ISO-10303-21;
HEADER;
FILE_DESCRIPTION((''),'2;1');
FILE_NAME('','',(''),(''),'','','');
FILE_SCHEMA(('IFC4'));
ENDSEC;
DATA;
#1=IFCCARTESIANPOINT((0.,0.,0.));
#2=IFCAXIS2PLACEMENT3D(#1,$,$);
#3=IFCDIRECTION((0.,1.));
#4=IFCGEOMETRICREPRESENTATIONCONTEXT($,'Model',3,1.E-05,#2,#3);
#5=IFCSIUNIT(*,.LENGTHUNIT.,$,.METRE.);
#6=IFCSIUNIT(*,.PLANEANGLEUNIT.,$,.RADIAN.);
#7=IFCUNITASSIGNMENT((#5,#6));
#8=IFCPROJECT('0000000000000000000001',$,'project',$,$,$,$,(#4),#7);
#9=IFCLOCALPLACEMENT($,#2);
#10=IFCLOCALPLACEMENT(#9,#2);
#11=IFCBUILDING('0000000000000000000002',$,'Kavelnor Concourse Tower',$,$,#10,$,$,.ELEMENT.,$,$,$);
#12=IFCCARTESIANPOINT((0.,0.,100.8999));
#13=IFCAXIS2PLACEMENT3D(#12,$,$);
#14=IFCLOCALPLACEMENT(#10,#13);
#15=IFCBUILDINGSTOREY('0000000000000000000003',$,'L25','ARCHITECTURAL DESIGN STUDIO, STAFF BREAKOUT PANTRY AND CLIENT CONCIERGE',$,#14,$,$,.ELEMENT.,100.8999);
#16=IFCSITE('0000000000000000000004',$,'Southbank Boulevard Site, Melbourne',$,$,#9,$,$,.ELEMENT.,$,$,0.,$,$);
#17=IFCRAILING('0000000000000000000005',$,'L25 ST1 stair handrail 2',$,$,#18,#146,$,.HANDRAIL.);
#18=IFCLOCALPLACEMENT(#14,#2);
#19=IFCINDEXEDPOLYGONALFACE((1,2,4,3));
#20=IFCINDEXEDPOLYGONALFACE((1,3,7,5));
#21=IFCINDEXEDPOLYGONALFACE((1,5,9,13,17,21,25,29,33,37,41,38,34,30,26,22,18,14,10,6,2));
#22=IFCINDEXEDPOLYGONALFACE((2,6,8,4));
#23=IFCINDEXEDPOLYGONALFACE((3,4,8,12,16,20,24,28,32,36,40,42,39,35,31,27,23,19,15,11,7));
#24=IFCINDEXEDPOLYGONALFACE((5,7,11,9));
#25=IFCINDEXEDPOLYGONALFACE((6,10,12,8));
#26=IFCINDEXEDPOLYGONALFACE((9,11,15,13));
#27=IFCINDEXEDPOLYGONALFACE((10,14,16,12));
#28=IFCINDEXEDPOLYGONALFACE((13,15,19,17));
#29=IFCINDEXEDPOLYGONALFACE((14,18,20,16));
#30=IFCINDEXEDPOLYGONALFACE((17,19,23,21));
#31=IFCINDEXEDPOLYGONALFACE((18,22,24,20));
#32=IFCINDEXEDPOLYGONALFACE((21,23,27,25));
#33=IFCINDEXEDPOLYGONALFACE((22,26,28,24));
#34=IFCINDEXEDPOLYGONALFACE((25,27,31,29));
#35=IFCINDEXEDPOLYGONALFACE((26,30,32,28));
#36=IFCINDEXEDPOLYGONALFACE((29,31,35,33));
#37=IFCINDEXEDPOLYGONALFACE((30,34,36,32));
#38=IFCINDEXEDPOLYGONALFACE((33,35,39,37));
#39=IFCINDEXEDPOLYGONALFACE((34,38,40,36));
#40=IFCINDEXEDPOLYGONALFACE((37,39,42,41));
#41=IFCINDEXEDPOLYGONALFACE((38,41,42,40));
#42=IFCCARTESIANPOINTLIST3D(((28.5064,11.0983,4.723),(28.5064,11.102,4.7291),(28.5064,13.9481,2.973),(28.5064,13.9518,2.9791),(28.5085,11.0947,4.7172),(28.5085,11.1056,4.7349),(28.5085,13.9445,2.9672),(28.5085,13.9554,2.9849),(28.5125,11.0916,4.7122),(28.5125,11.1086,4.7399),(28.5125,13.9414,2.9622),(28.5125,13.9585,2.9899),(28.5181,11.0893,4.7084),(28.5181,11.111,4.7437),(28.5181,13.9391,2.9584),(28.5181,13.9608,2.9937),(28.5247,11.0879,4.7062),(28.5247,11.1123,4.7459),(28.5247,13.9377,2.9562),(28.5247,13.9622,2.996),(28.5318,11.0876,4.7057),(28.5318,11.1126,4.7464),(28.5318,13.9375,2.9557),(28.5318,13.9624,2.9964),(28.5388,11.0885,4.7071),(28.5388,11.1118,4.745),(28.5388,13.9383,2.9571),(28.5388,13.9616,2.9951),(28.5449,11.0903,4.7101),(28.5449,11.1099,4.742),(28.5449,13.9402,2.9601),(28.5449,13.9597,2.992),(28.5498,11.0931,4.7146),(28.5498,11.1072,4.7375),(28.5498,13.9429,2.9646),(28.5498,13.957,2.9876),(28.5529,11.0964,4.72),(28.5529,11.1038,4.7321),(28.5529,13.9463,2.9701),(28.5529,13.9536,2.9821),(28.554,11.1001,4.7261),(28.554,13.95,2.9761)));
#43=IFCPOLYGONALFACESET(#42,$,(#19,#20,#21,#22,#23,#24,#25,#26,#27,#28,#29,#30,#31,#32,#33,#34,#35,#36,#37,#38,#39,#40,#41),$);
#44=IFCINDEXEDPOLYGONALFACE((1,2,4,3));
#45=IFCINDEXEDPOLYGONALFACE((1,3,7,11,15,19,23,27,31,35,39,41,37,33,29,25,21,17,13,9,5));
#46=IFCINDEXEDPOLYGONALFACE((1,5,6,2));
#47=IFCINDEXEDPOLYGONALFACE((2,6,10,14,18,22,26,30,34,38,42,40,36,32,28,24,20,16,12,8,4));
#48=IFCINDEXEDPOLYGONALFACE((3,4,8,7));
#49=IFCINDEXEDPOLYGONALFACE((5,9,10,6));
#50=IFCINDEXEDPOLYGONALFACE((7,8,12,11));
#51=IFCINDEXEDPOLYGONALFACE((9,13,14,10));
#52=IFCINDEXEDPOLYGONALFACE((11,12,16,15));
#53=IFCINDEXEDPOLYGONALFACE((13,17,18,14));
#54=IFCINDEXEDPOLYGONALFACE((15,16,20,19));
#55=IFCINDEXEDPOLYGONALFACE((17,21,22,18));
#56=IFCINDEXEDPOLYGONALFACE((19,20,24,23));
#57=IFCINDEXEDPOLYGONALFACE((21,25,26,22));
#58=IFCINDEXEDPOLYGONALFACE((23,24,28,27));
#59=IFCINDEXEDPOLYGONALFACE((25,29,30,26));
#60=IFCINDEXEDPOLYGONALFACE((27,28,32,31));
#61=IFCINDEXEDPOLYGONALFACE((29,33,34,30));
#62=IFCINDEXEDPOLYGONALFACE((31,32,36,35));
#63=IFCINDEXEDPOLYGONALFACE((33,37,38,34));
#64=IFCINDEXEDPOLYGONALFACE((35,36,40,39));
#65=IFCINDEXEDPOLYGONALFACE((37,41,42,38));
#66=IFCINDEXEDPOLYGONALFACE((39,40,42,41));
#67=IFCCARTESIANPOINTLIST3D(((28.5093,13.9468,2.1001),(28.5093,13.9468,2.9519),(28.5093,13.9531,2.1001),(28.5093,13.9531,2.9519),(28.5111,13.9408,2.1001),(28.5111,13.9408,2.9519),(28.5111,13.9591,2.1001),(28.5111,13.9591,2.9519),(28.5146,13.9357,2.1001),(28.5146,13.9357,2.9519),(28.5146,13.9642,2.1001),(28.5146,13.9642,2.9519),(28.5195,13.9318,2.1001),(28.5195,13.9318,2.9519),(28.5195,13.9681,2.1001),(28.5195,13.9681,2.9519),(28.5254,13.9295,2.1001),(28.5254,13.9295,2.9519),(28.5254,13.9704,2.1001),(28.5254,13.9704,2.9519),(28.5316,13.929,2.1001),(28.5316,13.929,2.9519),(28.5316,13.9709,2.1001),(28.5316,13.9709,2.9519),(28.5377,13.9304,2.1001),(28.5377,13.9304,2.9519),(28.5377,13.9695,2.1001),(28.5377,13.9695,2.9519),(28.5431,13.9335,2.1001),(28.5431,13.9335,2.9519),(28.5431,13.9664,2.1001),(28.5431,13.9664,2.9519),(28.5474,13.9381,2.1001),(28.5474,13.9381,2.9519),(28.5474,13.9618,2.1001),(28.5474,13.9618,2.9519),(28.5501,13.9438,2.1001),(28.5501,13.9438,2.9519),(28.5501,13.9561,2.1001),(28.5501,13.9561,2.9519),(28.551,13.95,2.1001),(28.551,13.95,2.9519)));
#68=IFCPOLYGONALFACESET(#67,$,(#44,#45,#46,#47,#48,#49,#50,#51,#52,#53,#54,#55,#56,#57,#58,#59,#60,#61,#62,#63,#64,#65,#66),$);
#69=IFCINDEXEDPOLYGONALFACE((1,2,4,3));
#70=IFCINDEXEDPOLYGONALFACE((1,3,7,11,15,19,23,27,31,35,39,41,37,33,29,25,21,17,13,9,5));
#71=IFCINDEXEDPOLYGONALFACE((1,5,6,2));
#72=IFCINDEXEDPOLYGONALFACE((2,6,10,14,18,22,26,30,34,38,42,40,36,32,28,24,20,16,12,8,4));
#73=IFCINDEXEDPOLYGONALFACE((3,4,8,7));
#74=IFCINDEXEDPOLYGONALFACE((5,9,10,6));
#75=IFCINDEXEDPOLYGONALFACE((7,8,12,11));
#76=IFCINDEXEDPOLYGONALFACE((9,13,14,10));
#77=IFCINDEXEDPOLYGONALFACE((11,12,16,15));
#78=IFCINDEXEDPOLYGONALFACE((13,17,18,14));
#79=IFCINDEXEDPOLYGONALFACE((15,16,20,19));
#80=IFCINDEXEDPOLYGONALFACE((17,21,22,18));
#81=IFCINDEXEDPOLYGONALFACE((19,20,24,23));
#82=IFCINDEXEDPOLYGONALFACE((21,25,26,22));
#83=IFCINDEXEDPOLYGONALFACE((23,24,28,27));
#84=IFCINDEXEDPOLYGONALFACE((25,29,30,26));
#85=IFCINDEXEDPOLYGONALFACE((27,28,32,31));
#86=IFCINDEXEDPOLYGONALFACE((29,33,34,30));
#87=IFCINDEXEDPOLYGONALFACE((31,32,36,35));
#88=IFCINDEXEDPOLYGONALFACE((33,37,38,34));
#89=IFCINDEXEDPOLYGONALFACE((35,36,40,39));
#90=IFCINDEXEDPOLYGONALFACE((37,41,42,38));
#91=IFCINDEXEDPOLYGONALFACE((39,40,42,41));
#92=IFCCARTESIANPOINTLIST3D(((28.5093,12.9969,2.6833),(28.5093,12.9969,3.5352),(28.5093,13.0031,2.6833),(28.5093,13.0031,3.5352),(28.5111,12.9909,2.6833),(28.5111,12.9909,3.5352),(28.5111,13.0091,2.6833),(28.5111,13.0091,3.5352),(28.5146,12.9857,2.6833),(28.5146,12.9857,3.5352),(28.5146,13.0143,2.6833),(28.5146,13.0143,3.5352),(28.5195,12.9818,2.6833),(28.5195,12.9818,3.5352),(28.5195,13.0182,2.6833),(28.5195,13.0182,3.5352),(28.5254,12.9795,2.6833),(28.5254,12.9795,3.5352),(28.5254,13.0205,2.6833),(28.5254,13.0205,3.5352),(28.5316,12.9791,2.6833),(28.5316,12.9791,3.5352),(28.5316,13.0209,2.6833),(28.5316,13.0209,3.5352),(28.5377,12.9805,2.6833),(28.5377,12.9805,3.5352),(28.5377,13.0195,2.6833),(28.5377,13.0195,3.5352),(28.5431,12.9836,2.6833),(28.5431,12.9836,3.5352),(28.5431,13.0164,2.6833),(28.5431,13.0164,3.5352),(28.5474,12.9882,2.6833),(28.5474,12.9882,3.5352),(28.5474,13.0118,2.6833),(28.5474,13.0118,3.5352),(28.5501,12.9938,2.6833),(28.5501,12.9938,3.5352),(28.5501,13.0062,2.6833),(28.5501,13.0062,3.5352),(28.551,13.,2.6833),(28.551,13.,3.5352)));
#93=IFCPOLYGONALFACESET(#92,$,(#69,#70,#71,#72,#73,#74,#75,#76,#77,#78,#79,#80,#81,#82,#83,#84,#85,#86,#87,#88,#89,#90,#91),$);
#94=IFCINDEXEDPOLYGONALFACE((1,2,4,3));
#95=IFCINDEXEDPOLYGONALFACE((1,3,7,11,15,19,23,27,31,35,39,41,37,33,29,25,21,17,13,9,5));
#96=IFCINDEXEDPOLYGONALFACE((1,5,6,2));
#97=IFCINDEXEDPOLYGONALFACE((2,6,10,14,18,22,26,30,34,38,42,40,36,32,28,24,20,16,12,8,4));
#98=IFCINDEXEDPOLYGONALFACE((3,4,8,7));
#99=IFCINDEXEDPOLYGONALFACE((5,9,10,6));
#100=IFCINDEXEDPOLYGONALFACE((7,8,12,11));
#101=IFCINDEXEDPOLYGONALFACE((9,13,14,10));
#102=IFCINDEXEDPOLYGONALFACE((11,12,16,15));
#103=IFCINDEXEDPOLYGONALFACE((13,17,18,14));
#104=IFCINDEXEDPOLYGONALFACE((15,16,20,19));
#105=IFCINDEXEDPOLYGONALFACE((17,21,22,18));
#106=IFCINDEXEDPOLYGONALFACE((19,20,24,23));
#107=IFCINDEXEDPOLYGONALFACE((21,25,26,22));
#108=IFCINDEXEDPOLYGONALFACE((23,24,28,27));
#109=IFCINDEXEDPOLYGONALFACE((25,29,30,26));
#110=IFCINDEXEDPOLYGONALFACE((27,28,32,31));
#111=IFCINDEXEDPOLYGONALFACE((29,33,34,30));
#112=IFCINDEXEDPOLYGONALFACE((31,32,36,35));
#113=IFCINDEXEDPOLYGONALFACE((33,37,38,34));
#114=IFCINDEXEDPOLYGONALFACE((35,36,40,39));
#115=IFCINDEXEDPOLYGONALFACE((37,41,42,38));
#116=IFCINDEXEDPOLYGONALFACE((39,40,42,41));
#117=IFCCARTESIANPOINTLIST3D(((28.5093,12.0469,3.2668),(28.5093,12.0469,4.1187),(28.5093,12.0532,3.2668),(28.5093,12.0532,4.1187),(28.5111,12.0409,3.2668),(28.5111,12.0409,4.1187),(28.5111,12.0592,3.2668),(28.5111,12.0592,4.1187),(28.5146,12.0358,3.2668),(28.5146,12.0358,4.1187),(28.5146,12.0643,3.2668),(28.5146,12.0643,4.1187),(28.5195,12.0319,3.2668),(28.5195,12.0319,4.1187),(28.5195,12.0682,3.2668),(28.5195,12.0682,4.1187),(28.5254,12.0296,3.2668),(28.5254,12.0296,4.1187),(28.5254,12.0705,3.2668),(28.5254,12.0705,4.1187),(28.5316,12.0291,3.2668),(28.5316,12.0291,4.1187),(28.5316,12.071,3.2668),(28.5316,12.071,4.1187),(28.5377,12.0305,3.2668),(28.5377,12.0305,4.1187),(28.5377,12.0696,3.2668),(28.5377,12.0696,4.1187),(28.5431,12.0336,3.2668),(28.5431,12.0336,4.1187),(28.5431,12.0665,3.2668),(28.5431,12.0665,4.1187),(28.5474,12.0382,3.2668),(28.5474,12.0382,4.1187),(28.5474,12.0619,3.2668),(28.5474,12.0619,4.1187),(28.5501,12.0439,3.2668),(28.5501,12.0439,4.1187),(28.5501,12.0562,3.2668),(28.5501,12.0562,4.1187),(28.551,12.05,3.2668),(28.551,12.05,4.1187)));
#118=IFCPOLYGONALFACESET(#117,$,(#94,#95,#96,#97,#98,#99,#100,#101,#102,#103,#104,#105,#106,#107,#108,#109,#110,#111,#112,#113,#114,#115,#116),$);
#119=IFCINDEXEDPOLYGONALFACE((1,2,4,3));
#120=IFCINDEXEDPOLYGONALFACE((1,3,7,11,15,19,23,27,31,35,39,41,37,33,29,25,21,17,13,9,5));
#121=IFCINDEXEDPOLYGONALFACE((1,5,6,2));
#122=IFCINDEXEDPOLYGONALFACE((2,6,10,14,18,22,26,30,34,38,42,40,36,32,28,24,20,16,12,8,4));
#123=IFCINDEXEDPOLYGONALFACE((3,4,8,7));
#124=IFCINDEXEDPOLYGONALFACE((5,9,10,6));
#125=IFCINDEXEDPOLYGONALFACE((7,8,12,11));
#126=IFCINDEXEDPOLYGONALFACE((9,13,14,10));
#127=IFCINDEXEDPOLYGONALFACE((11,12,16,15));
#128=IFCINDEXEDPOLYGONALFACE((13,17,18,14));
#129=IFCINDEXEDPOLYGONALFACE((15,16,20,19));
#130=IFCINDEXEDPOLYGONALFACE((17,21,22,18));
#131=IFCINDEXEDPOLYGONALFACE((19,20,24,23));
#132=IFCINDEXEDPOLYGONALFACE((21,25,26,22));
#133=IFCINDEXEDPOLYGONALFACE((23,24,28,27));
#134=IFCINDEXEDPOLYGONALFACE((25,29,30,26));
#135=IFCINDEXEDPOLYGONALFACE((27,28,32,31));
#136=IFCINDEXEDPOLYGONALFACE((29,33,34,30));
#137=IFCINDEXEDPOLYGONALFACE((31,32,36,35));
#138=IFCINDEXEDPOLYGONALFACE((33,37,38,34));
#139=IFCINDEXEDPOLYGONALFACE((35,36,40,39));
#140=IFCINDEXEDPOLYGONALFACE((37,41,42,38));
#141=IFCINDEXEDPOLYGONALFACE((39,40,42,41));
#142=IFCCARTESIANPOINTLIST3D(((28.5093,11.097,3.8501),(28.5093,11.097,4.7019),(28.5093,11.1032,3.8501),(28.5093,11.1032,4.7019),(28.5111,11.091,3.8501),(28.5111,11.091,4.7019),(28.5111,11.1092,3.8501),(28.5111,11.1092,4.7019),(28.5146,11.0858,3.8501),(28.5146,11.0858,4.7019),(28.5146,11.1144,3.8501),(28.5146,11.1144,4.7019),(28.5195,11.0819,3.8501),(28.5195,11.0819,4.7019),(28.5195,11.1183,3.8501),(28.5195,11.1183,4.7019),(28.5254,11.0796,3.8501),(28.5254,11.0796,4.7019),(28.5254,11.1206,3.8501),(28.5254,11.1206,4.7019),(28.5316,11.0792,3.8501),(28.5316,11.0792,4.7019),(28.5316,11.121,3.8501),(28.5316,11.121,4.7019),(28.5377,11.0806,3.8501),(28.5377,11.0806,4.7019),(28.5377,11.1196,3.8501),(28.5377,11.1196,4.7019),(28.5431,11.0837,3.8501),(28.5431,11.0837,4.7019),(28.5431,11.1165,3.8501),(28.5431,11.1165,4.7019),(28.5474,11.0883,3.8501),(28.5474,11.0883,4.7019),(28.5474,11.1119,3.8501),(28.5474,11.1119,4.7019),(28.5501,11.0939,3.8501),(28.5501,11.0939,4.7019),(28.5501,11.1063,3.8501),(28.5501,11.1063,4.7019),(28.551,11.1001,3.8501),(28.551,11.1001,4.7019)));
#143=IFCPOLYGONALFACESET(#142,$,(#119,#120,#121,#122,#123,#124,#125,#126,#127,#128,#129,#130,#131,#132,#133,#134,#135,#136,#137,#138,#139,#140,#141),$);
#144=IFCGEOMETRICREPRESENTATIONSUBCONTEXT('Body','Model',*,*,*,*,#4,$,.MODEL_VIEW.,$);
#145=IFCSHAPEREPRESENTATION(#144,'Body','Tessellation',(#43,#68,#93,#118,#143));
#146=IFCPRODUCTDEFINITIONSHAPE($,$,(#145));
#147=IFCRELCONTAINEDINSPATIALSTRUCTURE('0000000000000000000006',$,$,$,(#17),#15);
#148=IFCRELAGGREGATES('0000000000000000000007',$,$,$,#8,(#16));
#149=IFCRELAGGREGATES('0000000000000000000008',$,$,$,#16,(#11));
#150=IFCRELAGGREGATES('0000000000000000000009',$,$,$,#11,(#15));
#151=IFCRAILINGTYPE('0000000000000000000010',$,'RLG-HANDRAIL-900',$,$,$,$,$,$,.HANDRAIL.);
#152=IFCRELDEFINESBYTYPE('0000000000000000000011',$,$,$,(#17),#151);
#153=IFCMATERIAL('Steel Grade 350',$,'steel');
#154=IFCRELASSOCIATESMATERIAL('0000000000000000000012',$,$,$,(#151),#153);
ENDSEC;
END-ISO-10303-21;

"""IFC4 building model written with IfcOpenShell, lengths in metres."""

from ifc_helpers import new_model, si_unit, direction, frame, origin, origin_2d, place, context, subcontext, project, spatial, circle, extrude, material, type_object, element, save


model = new_model("IFC4")

# Units and contexts
model_context = context("Model", 3, precision=1e-05, world=origin(), true_north=direction((0.0, 1.0)))
body_context = subcontext(model_context, "Body", "Model", "MODEL_VIEW")
ifc_project = project(units=[si_unit("LENGTHUNIT", "METRE"), si_unit("PLANEANGLEUNIT", "RADIAN")], contexts=[model_context])

# Site, building, storey
site_placement = place(None, origin())
site = spatial("IfcSite", under=ifc_project, at=site_placement, Name="Southbank Boulevard Site, Melbourne", CompositionType="ELEMENT", RefElevation=0.0)
building_placement = place(site_placement, origin())
building = spatial("IfcBuilding", under=site, at=building_placement, Name="Kavelnor Concourse Tower", CompositionType="ELEMENT")
storey_placement = place(building_placement, frame((0.0, 0.0, 100.8999)))
storey = spatial("IfcBuildingStorey", under=building, at=storey_placement, Name="L25", Description="ARCHITECTURAL DESIGN STUDIO, STAFF BREAKOUT PANTRY AND CLIENT CONCIERGE", CompositionType="ELEMENT", Elevation=100.8999)

# Shared definitions
ifc_material_1 = material(Name="Steel Grade 350", Category="steel")

# Railing
railing_type_1 = type_object("IfcRailingType", Name="RLG-HANDRAIL-900", PredefinedType="HANDRAIL", material=ifc_material_1)
railing_1_placement = place(storey_placement, frame((28.53, 13.95, 2.1001)))
element("IfcRailing", 1, at=railing_1_placement, inside=storey, type_object=railing_type_1, Name="L25 ST1 stair handrail 2", PredefinedType="HANDRAIL", context=body_context, shape_type="SweptSolid", body=[
    extrude(circle(Radius=0.0239, at=origin_2d()), frame((0.0, 0.0, 0.876), z_axis=(0.0, -0.852159, 0.523283), x_axis=(1.0, 0.0, 0.0)), (0.0, 0.0, 1.0), 3.3442),
    extrude(circle(Radius=0.021, at=origin_2d()), origin(), (0.0, 0.0, 1.0), 0.8518),
    extrude(circle(Radius=0.021, at=origin_2d()), frame((0.0, -0.95, 0.5833)), (0.0, 0.0, 1.0), 0.8518),
    extrude(circle(Radius=0.021, at=origin_2d()), frame((0.0, -1.8999, 1.1667)), (0.0, 0.0, 1.0), 0.8518),
    extrude(circle(Radius=0.021, at=origin_2d()), frame((0.0, -2.8499, 1.75)), (0.0, 0.0, 1.0), 0.8518),
])

save(model, "model.ifc")
